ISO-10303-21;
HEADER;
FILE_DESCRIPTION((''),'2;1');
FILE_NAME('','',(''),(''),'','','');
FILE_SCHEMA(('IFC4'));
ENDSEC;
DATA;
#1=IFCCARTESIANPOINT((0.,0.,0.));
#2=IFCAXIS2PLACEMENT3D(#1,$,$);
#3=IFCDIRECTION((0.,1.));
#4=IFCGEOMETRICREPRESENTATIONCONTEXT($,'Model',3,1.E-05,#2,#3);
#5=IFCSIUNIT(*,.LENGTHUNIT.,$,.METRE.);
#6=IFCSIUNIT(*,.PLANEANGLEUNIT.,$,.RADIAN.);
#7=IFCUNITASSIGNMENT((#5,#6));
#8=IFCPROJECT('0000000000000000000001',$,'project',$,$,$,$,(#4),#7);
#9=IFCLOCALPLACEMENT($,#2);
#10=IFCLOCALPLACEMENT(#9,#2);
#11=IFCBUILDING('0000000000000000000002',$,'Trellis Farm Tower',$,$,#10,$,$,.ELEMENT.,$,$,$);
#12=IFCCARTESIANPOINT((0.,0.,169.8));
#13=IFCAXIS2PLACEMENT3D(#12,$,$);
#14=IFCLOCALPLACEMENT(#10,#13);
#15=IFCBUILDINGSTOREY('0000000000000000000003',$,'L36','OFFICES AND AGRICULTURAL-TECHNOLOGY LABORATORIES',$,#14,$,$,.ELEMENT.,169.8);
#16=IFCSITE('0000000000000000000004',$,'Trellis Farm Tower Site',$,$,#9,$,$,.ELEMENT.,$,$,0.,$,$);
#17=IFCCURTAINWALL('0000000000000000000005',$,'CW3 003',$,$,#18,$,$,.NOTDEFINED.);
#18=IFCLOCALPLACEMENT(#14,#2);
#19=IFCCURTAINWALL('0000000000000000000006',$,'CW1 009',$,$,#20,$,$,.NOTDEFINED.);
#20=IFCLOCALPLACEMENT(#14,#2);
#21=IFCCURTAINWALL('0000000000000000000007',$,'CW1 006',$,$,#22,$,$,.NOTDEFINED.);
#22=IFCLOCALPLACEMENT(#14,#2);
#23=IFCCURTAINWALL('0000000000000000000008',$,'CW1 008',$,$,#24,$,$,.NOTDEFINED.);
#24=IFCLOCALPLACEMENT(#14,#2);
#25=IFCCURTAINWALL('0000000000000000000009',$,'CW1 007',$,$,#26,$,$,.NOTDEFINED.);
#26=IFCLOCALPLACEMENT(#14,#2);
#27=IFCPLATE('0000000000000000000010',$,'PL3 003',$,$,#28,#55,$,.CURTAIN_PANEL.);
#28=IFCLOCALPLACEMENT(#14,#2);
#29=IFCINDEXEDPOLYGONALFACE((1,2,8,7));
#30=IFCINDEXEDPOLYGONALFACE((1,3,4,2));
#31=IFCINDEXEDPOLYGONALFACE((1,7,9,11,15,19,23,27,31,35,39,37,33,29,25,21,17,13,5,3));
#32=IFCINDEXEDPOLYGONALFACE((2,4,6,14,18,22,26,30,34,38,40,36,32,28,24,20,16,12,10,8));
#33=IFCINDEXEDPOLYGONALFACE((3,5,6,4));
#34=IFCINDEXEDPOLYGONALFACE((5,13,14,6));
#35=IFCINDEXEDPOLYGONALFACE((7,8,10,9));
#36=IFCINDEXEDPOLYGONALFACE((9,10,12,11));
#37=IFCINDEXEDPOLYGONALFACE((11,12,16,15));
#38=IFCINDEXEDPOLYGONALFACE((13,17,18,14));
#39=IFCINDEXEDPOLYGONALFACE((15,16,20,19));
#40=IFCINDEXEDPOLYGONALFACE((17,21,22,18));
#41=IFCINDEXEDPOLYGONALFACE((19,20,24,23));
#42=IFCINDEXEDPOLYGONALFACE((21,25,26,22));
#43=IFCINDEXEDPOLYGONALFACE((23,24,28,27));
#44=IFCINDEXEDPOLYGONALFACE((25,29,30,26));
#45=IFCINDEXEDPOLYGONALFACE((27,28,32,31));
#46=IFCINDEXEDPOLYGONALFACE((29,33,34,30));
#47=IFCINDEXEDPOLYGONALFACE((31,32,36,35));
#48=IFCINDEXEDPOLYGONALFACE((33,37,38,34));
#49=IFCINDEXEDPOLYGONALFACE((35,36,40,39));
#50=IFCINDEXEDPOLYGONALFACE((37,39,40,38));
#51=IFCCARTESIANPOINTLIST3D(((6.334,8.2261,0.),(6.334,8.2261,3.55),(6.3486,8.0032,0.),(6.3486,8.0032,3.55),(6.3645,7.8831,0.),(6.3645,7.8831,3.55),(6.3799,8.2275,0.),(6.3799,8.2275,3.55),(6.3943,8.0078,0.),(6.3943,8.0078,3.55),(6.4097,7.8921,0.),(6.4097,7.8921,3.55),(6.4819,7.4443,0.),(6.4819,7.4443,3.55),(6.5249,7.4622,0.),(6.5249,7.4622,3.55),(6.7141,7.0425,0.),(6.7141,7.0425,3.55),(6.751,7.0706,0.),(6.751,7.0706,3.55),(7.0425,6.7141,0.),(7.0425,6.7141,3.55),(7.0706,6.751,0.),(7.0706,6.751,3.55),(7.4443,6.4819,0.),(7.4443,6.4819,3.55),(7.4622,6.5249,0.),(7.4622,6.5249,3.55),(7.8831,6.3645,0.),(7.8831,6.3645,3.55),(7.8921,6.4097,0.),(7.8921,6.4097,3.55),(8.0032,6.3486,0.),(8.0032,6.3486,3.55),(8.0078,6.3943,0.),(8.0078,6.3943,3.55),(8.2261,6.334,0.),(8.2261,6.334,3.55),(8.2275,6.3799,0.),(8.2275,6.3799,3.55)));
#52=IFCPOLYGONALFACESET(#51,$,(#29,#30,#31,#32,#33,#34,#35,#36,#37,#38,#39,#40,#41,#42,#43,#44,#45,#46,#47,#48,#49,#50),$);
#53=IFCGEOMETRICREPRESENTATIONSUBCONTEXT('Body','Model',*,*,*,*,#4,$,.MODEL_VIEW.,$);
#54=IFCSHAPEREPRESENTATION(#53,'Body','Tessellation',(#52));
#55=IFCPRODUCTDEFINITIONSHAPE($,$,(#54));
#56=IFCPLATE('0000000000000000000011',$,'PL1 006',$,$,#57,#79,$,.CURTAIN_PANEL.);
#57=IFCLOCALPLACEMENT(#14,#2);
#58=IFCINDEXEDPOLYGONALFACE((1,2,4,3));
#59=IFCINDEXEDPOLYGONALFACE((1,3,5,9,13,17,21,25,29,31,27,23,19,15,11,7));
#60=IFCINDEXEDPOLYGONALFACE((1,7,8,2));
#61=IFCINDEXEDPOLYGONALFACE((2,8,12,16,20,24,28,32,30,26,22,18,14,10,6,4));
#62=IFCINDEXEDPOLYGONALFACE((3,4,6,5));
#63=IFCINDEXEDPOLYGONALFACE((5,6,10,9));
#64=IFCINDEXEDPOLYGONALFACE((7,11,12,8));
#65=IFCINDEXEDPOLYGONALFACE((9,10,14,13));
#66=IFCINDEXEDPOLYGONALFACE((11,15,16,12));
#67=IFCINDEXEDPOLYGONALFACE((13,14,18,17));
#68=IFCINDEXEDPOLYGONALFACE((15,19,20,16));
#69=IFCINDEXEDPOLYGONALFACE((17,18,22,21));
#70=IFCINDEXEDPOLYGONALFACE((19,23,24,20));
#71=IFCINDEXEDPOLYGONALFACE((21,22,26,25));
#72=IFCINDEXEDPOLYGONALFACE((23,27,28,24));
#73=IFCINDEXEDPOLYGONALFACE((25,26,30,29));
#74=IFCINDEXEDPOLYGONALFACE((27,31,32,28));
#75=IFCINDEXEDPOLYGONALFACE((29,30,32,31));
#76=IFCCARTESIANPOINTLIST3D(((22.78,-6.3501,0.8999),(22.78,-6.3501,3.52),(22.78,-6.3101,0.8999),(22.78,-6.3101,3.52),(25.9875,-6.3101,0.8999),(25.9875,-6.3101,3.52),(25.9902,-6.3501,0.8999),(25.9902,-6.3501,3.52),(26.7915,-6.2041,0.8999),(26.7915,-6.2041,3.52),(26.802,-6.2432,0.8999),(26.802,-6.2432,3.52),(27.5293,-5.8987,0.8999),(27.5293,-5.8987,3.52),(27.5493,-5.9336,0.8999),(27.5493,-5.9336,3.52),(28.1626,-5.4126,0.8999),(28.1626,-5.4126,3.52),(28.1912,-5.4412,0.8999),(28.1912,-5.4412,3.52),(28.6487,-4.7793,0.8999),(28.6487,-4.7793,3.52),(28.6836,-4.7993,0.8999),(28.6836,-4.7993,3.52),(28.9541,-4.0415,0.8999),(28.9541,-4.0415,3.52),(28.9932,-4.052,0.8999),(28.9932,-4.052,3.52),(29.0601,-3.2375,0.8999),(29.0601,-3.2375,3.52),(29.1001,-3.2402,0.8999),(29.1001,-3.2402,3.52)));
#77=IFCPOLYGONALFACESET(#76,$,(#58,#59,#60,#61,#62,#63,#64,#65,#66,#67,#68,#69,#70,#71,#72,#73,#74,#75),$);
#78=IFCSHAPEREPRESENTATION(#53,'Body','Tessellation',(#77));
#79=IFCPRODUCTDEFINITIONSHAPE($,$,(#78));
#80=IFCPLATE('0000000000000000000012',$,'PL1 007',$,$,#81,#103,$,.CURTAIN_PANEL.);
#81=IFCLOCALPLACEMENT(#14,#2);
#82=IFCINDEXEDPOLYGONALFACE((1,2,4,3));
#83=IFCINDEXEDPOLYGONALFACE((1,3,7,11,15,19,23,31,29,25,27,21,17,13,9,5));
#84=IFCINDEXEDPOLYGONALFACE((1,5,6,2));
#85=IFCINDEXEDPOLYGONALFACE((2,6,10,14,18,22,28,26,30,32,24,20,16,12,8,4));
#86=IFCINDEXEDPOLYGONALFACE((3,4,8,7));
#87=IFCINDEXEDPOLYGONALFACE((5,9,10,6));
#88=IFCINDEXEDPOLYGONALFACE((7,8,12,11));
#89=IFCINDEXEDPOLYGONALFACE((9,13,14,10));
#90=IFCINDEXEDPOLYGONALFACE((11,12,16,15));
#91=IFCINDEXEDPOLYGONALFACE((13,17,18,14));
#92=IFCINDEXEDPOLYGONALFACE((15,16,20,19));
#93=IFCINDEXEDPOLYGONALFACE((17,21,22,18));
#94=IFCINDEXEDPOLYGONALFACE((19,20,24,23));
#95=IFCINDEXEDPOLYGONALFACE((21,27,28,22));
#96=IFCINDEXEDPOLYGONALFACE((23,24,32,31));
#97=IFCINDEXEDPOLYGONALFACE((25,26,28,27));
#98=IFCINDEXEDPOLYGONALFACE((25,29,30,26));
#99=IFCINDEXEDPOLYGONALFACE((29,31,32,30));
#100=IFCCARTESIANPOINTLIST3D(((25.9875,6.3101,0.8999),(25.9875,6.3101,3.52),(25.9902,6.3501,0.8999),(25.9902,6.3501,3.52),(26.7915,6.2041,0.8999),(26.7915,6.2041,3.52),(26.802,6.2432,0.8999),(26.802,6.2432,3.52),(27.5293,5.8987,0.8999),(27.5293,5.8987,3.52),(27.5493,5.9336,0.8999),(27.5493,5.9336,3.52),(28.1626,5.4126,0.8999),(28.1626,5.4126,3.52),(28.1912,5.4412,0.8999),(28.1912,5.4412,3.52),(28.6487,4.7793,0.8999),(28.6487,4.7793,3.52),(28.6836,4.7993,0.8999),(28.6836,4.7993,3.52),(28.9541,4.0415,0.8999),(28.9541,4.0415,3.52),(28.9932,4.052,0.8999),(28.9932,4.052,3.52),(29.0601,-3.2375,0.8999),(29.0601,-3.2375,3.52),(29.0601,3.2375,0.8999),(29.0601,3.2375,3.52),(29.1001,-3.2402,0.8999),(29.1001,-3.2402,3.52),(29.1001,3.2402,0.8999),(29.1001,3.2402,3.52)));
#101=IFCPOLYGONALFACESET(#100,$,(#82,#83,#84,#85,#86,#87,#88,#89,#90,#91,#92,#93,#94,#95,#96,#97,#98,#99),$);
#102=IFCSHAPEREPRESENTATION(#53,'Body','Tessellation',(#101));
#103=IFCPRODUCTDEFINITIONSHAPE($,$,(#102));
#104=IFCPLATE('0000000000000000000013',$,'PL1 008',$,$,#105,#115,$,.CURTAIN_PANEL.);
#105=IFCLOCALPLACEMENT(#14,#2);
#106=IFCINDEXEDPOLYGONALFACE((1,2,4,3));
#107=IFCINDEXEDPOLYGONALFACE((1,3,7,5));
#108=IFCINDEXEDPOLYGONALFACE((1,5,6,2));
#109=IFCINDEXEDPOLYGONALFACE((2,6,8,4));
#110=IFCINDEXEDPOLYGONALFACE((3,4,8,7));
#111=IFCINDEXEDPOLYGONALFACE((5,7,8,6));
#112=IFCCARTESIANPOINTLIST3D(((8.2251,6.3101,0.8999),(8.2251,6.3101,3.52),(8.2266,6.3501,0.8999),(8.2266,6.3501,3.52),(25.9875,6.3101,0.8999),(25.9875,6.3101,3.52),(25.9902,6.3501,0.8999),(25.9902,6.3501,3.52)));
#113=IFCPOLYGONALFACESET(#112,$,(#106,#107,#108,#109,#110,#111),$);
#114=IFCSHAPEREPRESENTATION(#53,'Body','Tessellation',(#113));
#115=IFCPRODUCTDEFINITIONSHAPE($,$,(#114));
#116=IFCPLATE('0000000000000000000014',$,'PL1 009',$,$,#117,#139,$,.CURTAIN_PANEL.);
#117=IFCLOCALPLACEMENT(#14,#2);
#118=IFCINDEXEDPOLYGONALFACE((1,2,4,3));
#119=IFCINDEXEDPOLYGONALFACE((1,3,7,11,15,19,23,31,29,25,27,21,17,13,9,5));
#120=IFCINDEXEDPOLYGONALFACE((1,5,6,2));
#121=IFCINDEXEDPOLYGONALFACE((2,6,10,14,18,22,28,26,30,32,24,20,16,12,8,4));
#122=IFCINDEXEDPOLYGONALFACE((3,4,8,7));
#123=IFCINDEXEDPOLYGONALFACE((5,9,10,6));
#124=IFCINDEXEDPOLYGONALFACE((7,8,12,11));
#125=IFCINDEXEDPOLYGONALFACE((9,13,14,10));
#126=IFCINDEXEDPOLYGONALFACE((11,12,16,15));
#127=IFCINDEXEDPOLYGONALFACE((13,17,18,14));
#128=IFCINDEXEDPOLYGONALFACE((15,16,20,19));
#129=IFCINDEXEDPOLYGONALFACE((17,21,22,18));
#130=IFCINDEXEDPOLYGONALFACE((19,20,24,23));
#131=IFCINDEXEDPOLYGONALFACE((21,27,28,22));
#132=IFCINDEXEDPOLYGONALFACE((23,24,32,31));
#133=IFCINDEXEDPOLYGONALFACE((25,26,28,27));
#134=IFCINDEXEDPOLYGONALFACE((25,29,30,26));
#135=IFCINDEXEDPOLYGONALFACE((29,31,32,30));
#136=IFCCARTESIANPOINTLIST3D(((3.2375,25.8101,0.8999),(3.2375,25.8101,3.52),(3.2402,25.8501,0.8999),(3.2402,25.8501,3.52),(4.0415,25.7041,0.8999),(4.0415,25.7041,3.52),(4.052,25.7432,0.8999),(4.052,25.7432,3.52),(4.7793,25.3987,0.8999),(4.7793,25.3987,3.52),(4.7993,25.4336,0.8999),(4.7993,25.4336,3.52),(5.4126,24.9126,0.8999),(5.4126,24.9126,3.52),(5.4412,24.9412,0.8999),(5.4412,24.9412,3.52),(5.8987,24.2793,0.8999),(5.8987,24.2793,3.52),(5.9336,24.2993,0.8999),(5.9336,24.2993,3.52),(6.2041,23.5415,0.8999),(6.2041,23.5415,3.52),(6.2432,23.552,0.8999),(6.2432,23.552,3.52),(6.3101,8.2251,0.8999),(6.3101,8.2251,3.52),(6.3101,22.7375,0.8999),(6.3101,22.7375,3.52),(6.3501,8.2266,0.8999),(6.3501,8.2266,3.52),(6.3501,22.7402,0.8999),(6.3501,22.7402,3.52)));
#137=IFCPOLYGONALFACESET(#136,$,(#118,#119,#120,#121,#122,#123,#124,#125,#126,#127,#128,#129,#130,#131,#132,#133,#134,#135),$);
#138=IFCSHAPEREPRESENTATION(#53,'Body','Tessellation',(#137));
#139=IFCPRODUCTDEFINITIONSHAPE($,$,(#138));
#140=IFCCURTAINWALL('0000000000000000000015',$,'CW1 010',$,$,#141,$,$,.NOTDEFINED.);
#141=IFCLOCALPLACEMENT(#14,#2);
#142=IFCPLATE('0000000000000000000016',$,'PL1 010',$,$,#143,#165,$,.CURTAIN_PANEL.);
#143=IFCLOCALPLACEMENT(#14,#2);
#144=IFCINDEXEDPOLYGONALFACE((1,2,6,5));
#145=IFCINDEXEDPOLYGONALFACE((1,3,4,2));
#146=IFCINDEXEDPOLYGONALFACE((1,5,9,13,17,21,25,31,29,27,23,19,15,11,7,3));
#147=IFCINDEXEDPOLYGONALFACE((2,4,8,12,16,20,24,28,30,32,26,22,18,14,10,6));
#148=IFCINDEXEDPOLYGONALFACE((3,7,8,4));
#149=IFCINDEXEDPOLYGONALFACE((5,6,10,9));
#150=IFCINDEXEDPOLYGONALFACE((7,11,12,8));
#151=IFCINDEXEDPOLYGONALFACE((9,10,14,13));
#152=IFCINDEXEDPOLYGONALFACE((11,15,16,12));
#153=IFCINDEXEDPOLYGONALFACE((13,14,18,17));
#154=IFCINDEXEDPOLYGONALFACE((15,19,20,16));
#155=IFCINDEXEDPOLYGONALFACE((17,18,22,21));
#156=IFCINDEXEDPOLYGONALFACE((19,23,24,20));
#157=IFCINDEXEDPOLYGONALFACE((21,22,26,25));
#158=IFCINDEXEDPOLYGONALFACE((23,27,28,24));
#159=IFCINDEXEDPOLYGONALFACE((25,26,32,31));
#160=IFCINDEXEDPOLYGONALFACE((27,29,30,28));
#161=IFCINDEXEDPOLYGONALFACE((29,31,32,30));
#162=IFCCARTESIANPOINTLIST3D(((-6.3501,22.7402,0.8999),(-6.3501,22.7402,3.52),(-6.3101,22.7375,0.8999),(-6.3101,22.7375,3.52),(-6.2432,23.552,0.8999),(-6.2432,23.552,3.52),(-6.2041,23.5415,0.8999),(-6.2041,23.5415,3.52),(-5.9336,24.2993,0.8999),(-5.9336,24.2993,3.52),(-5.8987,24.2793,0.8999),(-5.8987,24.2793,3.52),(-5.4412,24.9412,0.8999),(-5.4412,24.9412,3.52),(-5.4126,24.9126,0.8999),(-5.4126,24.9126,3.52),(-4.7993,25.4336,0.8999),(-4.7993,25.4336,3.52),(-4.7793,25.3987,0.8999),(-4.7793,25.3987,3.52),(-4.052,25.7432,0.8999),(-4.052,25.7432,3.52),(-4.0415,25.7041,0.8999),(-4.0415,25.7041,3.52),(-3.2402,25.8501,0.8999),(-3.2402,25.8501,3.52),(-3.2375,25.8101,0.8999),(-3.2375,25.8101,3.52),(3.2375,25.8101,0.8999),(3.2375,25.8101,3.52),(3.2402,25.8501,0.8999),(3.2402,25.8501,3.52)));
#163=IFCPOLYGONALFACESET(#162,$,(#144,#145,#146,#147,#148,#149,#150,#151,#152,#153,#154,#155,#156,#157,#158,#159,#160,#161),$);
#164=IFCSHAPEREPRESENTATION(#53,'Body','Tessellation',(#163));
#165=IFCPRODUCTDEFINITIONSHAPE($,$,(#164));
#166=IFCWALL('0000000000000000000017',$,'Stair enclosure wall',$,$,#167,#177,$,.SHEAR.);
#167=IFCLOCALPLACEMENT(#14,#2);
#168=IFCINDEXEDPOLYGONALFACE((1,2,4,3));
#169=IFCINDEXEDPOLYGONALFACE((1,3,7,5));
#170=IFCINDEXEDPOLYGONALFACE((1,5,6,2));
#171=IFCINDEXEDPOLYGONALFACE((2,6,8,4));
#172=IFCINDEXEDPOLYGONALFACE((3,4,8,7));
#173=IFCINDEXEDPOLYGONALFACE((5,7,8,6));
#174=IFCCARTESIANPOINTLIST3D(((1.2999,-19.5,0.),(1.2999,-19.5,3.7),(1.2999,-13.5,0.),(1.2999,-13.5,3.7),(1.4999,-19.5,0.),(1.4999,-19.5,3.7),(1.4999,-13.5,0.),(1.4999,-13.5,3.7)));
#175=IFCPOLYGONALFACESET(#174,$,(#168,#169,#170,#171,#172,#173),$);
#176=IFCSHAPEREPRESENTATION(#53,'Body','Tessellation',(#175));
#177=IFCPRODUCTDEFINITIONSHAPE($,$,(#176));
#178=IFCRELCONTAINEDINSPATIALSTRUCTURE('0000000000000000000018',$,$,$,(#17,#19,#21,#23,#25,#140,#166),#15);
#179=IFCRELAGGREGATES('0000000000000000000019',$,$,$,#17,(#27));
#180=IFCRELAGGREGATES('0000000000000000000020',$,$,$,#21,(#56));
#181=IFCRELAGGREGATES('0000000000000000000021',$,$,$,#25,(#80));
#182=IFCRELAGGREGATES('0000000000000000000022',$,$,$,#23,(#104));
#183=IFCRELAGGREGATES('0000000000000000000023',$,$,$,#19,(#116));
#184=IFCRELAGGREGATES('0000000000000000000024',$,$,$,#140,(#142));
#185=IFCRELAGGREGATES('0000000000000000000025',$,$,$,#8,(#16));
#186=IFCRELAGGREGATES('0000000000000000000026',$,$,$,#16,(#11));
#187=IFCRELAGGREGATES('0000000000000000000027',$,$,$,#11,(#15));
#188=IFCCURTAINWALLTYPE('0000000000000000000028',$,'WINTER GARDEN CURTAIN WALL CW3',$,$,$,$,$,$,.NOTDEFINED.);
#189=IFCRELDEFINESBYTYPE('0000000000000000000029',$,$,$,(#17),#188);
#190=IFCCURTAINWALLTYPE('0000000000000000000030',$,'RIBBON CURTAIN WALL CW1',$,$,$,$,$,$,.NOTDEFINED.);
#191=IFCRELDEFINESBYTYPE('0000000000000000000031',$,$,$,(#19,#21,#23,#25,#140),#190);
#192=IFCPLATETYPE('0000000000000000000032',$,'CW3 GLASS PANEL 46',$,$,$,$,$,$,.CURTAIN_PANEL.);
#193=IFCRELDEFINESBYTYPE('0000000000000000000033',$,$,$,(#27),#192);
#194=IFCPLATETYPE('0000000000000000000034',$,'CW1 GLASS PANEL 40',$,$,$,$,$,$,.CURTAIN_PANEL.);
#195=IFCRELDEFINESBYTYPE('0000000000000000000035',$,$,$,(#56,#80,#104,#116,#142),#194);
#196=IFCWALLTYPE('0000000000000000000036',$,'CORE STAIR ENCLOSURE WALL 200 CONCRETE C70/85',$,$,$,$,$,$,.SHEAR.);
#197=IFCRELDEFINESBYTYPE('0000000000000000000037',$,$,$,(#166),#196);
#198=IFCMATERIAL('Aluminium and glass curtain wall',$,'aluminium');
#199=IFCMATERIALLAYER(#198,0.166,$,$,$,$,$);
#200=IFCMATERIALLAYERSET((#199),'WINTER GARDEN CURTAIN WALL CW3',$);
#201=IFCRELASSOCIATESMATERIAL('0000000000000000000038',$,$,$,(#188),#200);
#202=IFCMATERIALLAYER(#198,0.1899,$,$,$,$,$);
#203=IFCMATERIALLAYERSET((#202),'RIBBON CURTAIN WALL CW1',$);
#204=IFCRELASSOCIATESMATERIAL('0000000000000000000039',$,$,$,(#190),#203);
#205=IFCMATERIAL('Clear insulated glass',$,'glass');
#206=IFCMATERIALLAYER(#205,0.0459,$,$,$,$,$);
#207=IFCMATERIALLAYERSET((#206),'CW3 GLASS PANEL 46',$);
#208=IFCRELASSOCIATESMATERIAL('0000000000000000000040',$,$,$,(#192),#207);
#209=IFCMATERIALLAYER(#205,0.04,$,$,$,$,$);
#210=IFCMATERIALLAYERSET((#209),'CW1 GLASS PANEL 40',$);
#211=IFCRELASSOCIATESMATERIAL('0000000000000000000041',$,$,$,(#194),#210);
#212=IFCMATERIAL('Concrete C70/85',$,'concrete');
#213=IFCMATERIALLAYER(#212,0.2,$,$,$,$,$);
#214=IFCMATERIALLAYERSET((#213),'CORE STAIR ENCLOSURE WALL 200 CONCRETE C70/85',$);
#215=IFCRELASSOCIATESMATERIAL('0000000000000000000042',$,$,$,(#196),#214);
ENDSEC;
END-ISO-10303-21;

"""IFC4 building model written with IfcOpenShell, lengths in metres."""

from ifc_helpers import new_model, si_unit, direction, frame, frame_2d, origin, place, context, subcontext, project, spatial, polyline, rectangle, outline, extrude, source, transform, mapped, material, layer, layer_set, type_object, element, aggregate, save


model = new_model("IFC4")

# Units and contexts
model_context = context("Model", 3, precision=1e-05, world=origin(), true_north=direction((0.0, 1.0)))
body_context = subcontext(model_context, "Body", "Model", "MODEL_VIEW")
ifc_project = project(units=[si_unit("LENGTHUNIT", "METRE"), si_unit("PLANEANGLEUNIT", "RADIAN")], contexts=[model_context])

# Site, building, storey
site_placement = place(None, origin())
site = spatial("IfcSite", under=ifc_project, at=site_placement, Name="Trellis Farm Tower Site", CompositionType="ELEMENT", RefElevation=0.0)
building_placement = place(site_placement, origin())
building = spatial("IfcBuilding", under=site, at=building_placement, Name="Trellis Farm Tower", CompositionType="ELEMENT")
storey_placement = place(building_placement, frame((0.0, 0.0, 169.8)))
storey = spatial("IfcBuildingStorey", under=building, at=storey_placement, Name="L36", Description="OFFICES AND AGRICULTURAL-TECHNOLOGY LABORATORIES", CompositionType="ELEMENT", Elevation=169.8)

# Shared definitions
ifc_material_1 = material(Name="Concrete C70/85", Category="concrete")

# Curtain walls
ifc_material_2 = material(Name="Aluminium and glass curtain wall", Category="aluminium")
ifc_layer_1 = layer(ifc_material_2, 0.166)
ifc_layer_set_1 = layer_set([ifc_layer_1], Name="WINTER GARDEN CURTAIN WALL CW3")
curtain_wall_type_1 = type_object("IfcCurtainWallType", Name="WINTER GARDEN CURTAIN WALL CW3", PredefinedType="NOTDEFINED", material=ifc_layer_set_1)
placement_1 = place(storey_placement, origin())
curtain_wall_1 = element("IfcCurtainWall", 1, at=placement_1, inside=storey, type_object=curtain_wall_type_1, Name="CW3 003", PredefinedType="NOTDEFINED")
ifc_layer_2 = layer(ifc_material_2, 0.1899)
ifc_layer_set_2 = layer_set([ifc_layer_2], Name="RIBBON CURTAIN WALL CW1")
curtain_wall_type_2 = type_object("IfcCurtainWallType", Name="RIBBON CURTAIN WALL CW1", PredefinedType="NOTDEFINED", material=ifc_layer_set_2)
curtain_wall_2 = element("IfcCurtainWall", 2, at=placement_1, inside=storey, type_object=curtain_wall_type_2, Name="CW1 009", PredefinedType="NOTDEFINED")
curtain_wall_3 = element("IfcCurtainWall", 3, at=placement_1, inside=storey, type_object=curtain_wall_type_2, Name="CW1 006", PredefinedType="NOTDEFINED")
curtain_wall_4 = element("IfcCurtainWall", 4, at=placement_1, inside=storey, type_object=curtain_wall_type_2, Name="CW1 008", PredefinedType="NOTDEFINED")
curtain_wall_5 = element("IfcCurtainWall", 5, at=placement_1, inside=storey, type_object=curtain_wall_type_2, Name="CW1 007", PredefinedType="NOTDEFINED")

# Plates
ifc_material_3 = material(Name="Clear insulated glass", Category="glass")
ifc_layer_3 = layer(ifc_material_3, 0.0459)
ifc_layer_set_3 = layer_set([ifc_layer_3], Name="CW3 GLASS PANEL 46")
plate_type_1 = type_object("IfcPlateType", Name="CW3 GLASS PANEL 46", PredefinedType="CURTAIN_PANEL", material=ifc_layer_set_3)
shared_shape_1 = source(origin(), body_context, "Body", "SweptSolid", [
    extrude(outline(polyline([(8.2275, 6.3799), (8.0078, 6.3943), (7.8921, 6.4097), (7.4622, 6.5249), (7.0706, 6.751), (6.751, 7.0706), (6.5249, 7.4622), (6.4097, 7.8921), (6.3943, 8.0078), (6.3799, 8.2275), (6.334, 8.2261), (6.3486, 8.0032), (6.3645, 7.8831), (6.4819, 7.4443), (6.7141, 7.0425), (7.0425, 6.7141), (7.4443, 6.4819), (7.8831, 6.3645), (8.0032, 6.3486), (8.2261, 6.334), (8.2275, 6.3799)])), origin(), (0.0, 0.0, 1.0), 3.55),
])
plate_1 = element("IfcPlate", 6, at=placement_1, type_object=plate_type_1, Name="PL3 003", PredefinedType="CURTAIN_PANEL", context=body_context, shape_type="MappedRepresentation", body=[
    mapped(shared_shape_1, transform((0.0, 0.0, 0.0))),
])
aggregate(curtain_wall_1, [plate_1])
ifc_layer_4 = layer(ifc_material_3, 0.04)
ifc_layer_set_4 = layer_set([ifc_layer_4], Name="CW1 GLASS PANEL 40")
plate_type_2 = type_object("IfcPlateType", Name="CW1 GLASS PANEL 40", PredefinedType="CURTAIN_PANEL", material=ifc_layer_set_4)
shared_shape_2 = source(origin(), body_context, "Body", "SweptSolid", [
    extrude(outline(polyline([(22.78, -6.3501), (25.9902, -6.3501), (26.802, -6.2432), (27.5493, -5.9336), (28.1912, -5.4412), (28.6836, -4.7993), (28.9932, -4.052), (29.1001, -3.2402), (29.0601, -3.2375), (28.9541, -4.0415), (28.6487, -4.7793), (28.1626, -5.4126), (27.5293, -5.8987), (26.7915, -6.2041), (25.9875, -6.3101), (22.78, -6.3101), (22.78, -6.3501)])), origin(), (0.0, 0.0, 1.0), 2.6201),
])
placement_2 = place(storey_placement, frame((0.0, 0.0, 0.8999)))
plate_2 = element("IfcPlate", 7, at=placement_2, type_object=plate_type_2, Name="PL1 006", PredefinedType="CURTAIN_PANEL", context=body_context, shape_type="MappedRepresentation", body=[
    mapped(shared_shape_2, transform((0.0, 0.0, 0.0))),
])
aggregate(curtain_wall_3, [plate_2])
shared_shape_3 = source(origin(), body_context, "Body", "SweptSolid", [
    extrude(outline(polyline([(29.1001, -3.2402), (29.1001, 3.2402), (28.9932, 4.052), (28.6836, 4.7993), (28.1912, 5.4412), (27.5493, 5.9336), (26.802, 6.2432), (25.9902, 6.3501), (25.9875, 6.3101), (26.7915, 6.2041), (27.5293, 5.8987), (28.1626, 5.4126), (28.6487, 4.7793), (28.9541, 4.0415), (29.0601, 3.2375), (29.0601, -3.2375), (29.1001, -3.2402)])), origin(), (0.0, 0.0, 1.0), 2.6201),
])
plate_3 = element("IfcPlate", 8, at=placement_2, type_object=plate_type_2, Name="PL1 007", PredefinedType="CURTAIN_PANEL", context=body_context, shape_type="MappedRepresentation", body=[
    mapped(shared_shape_3, transform((0.0, 0.0, 0.0))),
])
aggregate(curtain_wall_5, [plate_3])
shared_shape_4 = source(origin(), body_context, "Body", "SweptSolid", [
    extrude(outline(polyline([(25.9902, 6.3501), (8.2266, 6.3501), (8.2251, 6.3101), (25.9875, 6.3101), (25.9902, 6.3501)])), origin(), (0.0, 0.0, 1.0), 2.6201),
])
plate_4 = element("IfcPlate", 9, at=placement_2, type_object=plate_type_2, Name="PL1 008", PredefinedType="CURTAIN_PANEL", context=body_context, shape_type="MappedRepresentation", body=[
    mapped(shared_shape_4, transform((0.0, 0.0, 0.0))),
])
aggregate(curtain_wall_4, [plate_4])
shared_shape_5 = source(origin(), body_context, "Body", "SweptSolid", [
    extrude(outline(polyline([(6.3501, 8.2266), (6.3501, 22.7402), (6.2432, 23.552), (5.9336, 24.2993), (5.4412, 24.9412), (4.7993, 25.4336), (4.052, 25.7432), (3.2402, 25.8501), (3.2375, 25.8101), (4.0415, 25.7041), (4.7793, 25.3987), (5.4126, 24.9126), (5.8987, 24.2793), (6.2041, 23.5415), (6.3101, 22.7375), (6.3101, 8.2251), (6.3501, 8.2266)])), origin(), (0.0, 0.0, 1.0), 2.6201),
])
plate_5 = element("IfcPlate", 10, at=placement_2, type_object=plate_type_2, Name="PL1 009", PredefinedType="CURTAIN_PANEL", context=body_context, shape_type="MappedRepresentation", body=[
    mapped(shared_shape_5, transform((0.0, 0.0, 0.0))),
])
aggregate(curtain_wall_2, [plate_5])

# Curtain wall, plate
curtain_wall_6 = element("IfcCurtainWall", 11, at=placement_1, inside=storey, type_object=curtain_wall_type_2, Name="CW1 010", PredefinedType="NOTDEFINED")
shared_shape_6 = source(origin(), body_context, "Body", "SweptSolid", [
    extrude(outline(polyline([(3.2402, 25.8501), (-3.2402, 25.8501), (-4.052, 25.7432), (-4.7993, 25.4336), (-5.4412, 24.9412), (-5.9336, 24.2993), (-6.2432, 23.552), (-6.3501, 22.7402), (-6.3101, 22.7375), (-6.2041, 23.5415), (-5.8987, 24.2793), (-5.4126, 24.9126), (-4.7793, 25.3987), (-4.0415, 25.7041), (-3.2375, 25.8101), (3.2375, 25.8101), (3.2402, 25.8501)])), origin(), (0.0, 0.0, 1.0), 2.6201),
])
plate_6 = element("IfcPlate", 12, at=placement_2, type_object=plate_type_2, Name="PL1 010", PredefinedType="CURTAIN_PANEL", context=body_context, shape_type="MappedRepresentation", body=[
    mapped(shared_shape_6, transform((0.0, 0.0, 0.0))),
])
aggregate(curtain_wall_6, [plate_6])

# Wall
ifc_layer_5 = layer(ifc_material_1, 0.2)
ifc_layer_set_5 = layer_set([ifc_layer_5], Name="CORE STAIR ENCLOSURE WALL 200 CONCRETE C70/85")
wall_type_1 = type_object("IfcWallType", Name="CORE STAIR ENCLOSURE WALL 200 CONCRETE C70/85", PredefinedType="SHEAR", material=ifc_layer_set_5)
shared_shape_7 = source(origin(), body_context, "Body", "SweptSolid", [
    extrude(rectangle(XDim=6.0, YDim=0.2, at=frame_2d((3.0, 0.0))), origin(), (0.0, 0.0, 1.0), 3.7),
])
wall_1_placement = place(storey_placement, frame((1.3999, -13.5, 0.0), z_axis=(0.0, 0.0, 1.0), x_axis=(0.0, -1.0, 0.0)))
element("IfcWall", 13, at=wall_1_placement, inside=storey, type_object=wall_type_1, Name="Stair enclosure wall", PredefinedType="SHEAR", context=body_context, shape_type="MappedRepresentation", body=[
    mapped(shared_shape_7, transform((0.0, 0.0, 0.0))),
])

save(model, "model.ifc")
